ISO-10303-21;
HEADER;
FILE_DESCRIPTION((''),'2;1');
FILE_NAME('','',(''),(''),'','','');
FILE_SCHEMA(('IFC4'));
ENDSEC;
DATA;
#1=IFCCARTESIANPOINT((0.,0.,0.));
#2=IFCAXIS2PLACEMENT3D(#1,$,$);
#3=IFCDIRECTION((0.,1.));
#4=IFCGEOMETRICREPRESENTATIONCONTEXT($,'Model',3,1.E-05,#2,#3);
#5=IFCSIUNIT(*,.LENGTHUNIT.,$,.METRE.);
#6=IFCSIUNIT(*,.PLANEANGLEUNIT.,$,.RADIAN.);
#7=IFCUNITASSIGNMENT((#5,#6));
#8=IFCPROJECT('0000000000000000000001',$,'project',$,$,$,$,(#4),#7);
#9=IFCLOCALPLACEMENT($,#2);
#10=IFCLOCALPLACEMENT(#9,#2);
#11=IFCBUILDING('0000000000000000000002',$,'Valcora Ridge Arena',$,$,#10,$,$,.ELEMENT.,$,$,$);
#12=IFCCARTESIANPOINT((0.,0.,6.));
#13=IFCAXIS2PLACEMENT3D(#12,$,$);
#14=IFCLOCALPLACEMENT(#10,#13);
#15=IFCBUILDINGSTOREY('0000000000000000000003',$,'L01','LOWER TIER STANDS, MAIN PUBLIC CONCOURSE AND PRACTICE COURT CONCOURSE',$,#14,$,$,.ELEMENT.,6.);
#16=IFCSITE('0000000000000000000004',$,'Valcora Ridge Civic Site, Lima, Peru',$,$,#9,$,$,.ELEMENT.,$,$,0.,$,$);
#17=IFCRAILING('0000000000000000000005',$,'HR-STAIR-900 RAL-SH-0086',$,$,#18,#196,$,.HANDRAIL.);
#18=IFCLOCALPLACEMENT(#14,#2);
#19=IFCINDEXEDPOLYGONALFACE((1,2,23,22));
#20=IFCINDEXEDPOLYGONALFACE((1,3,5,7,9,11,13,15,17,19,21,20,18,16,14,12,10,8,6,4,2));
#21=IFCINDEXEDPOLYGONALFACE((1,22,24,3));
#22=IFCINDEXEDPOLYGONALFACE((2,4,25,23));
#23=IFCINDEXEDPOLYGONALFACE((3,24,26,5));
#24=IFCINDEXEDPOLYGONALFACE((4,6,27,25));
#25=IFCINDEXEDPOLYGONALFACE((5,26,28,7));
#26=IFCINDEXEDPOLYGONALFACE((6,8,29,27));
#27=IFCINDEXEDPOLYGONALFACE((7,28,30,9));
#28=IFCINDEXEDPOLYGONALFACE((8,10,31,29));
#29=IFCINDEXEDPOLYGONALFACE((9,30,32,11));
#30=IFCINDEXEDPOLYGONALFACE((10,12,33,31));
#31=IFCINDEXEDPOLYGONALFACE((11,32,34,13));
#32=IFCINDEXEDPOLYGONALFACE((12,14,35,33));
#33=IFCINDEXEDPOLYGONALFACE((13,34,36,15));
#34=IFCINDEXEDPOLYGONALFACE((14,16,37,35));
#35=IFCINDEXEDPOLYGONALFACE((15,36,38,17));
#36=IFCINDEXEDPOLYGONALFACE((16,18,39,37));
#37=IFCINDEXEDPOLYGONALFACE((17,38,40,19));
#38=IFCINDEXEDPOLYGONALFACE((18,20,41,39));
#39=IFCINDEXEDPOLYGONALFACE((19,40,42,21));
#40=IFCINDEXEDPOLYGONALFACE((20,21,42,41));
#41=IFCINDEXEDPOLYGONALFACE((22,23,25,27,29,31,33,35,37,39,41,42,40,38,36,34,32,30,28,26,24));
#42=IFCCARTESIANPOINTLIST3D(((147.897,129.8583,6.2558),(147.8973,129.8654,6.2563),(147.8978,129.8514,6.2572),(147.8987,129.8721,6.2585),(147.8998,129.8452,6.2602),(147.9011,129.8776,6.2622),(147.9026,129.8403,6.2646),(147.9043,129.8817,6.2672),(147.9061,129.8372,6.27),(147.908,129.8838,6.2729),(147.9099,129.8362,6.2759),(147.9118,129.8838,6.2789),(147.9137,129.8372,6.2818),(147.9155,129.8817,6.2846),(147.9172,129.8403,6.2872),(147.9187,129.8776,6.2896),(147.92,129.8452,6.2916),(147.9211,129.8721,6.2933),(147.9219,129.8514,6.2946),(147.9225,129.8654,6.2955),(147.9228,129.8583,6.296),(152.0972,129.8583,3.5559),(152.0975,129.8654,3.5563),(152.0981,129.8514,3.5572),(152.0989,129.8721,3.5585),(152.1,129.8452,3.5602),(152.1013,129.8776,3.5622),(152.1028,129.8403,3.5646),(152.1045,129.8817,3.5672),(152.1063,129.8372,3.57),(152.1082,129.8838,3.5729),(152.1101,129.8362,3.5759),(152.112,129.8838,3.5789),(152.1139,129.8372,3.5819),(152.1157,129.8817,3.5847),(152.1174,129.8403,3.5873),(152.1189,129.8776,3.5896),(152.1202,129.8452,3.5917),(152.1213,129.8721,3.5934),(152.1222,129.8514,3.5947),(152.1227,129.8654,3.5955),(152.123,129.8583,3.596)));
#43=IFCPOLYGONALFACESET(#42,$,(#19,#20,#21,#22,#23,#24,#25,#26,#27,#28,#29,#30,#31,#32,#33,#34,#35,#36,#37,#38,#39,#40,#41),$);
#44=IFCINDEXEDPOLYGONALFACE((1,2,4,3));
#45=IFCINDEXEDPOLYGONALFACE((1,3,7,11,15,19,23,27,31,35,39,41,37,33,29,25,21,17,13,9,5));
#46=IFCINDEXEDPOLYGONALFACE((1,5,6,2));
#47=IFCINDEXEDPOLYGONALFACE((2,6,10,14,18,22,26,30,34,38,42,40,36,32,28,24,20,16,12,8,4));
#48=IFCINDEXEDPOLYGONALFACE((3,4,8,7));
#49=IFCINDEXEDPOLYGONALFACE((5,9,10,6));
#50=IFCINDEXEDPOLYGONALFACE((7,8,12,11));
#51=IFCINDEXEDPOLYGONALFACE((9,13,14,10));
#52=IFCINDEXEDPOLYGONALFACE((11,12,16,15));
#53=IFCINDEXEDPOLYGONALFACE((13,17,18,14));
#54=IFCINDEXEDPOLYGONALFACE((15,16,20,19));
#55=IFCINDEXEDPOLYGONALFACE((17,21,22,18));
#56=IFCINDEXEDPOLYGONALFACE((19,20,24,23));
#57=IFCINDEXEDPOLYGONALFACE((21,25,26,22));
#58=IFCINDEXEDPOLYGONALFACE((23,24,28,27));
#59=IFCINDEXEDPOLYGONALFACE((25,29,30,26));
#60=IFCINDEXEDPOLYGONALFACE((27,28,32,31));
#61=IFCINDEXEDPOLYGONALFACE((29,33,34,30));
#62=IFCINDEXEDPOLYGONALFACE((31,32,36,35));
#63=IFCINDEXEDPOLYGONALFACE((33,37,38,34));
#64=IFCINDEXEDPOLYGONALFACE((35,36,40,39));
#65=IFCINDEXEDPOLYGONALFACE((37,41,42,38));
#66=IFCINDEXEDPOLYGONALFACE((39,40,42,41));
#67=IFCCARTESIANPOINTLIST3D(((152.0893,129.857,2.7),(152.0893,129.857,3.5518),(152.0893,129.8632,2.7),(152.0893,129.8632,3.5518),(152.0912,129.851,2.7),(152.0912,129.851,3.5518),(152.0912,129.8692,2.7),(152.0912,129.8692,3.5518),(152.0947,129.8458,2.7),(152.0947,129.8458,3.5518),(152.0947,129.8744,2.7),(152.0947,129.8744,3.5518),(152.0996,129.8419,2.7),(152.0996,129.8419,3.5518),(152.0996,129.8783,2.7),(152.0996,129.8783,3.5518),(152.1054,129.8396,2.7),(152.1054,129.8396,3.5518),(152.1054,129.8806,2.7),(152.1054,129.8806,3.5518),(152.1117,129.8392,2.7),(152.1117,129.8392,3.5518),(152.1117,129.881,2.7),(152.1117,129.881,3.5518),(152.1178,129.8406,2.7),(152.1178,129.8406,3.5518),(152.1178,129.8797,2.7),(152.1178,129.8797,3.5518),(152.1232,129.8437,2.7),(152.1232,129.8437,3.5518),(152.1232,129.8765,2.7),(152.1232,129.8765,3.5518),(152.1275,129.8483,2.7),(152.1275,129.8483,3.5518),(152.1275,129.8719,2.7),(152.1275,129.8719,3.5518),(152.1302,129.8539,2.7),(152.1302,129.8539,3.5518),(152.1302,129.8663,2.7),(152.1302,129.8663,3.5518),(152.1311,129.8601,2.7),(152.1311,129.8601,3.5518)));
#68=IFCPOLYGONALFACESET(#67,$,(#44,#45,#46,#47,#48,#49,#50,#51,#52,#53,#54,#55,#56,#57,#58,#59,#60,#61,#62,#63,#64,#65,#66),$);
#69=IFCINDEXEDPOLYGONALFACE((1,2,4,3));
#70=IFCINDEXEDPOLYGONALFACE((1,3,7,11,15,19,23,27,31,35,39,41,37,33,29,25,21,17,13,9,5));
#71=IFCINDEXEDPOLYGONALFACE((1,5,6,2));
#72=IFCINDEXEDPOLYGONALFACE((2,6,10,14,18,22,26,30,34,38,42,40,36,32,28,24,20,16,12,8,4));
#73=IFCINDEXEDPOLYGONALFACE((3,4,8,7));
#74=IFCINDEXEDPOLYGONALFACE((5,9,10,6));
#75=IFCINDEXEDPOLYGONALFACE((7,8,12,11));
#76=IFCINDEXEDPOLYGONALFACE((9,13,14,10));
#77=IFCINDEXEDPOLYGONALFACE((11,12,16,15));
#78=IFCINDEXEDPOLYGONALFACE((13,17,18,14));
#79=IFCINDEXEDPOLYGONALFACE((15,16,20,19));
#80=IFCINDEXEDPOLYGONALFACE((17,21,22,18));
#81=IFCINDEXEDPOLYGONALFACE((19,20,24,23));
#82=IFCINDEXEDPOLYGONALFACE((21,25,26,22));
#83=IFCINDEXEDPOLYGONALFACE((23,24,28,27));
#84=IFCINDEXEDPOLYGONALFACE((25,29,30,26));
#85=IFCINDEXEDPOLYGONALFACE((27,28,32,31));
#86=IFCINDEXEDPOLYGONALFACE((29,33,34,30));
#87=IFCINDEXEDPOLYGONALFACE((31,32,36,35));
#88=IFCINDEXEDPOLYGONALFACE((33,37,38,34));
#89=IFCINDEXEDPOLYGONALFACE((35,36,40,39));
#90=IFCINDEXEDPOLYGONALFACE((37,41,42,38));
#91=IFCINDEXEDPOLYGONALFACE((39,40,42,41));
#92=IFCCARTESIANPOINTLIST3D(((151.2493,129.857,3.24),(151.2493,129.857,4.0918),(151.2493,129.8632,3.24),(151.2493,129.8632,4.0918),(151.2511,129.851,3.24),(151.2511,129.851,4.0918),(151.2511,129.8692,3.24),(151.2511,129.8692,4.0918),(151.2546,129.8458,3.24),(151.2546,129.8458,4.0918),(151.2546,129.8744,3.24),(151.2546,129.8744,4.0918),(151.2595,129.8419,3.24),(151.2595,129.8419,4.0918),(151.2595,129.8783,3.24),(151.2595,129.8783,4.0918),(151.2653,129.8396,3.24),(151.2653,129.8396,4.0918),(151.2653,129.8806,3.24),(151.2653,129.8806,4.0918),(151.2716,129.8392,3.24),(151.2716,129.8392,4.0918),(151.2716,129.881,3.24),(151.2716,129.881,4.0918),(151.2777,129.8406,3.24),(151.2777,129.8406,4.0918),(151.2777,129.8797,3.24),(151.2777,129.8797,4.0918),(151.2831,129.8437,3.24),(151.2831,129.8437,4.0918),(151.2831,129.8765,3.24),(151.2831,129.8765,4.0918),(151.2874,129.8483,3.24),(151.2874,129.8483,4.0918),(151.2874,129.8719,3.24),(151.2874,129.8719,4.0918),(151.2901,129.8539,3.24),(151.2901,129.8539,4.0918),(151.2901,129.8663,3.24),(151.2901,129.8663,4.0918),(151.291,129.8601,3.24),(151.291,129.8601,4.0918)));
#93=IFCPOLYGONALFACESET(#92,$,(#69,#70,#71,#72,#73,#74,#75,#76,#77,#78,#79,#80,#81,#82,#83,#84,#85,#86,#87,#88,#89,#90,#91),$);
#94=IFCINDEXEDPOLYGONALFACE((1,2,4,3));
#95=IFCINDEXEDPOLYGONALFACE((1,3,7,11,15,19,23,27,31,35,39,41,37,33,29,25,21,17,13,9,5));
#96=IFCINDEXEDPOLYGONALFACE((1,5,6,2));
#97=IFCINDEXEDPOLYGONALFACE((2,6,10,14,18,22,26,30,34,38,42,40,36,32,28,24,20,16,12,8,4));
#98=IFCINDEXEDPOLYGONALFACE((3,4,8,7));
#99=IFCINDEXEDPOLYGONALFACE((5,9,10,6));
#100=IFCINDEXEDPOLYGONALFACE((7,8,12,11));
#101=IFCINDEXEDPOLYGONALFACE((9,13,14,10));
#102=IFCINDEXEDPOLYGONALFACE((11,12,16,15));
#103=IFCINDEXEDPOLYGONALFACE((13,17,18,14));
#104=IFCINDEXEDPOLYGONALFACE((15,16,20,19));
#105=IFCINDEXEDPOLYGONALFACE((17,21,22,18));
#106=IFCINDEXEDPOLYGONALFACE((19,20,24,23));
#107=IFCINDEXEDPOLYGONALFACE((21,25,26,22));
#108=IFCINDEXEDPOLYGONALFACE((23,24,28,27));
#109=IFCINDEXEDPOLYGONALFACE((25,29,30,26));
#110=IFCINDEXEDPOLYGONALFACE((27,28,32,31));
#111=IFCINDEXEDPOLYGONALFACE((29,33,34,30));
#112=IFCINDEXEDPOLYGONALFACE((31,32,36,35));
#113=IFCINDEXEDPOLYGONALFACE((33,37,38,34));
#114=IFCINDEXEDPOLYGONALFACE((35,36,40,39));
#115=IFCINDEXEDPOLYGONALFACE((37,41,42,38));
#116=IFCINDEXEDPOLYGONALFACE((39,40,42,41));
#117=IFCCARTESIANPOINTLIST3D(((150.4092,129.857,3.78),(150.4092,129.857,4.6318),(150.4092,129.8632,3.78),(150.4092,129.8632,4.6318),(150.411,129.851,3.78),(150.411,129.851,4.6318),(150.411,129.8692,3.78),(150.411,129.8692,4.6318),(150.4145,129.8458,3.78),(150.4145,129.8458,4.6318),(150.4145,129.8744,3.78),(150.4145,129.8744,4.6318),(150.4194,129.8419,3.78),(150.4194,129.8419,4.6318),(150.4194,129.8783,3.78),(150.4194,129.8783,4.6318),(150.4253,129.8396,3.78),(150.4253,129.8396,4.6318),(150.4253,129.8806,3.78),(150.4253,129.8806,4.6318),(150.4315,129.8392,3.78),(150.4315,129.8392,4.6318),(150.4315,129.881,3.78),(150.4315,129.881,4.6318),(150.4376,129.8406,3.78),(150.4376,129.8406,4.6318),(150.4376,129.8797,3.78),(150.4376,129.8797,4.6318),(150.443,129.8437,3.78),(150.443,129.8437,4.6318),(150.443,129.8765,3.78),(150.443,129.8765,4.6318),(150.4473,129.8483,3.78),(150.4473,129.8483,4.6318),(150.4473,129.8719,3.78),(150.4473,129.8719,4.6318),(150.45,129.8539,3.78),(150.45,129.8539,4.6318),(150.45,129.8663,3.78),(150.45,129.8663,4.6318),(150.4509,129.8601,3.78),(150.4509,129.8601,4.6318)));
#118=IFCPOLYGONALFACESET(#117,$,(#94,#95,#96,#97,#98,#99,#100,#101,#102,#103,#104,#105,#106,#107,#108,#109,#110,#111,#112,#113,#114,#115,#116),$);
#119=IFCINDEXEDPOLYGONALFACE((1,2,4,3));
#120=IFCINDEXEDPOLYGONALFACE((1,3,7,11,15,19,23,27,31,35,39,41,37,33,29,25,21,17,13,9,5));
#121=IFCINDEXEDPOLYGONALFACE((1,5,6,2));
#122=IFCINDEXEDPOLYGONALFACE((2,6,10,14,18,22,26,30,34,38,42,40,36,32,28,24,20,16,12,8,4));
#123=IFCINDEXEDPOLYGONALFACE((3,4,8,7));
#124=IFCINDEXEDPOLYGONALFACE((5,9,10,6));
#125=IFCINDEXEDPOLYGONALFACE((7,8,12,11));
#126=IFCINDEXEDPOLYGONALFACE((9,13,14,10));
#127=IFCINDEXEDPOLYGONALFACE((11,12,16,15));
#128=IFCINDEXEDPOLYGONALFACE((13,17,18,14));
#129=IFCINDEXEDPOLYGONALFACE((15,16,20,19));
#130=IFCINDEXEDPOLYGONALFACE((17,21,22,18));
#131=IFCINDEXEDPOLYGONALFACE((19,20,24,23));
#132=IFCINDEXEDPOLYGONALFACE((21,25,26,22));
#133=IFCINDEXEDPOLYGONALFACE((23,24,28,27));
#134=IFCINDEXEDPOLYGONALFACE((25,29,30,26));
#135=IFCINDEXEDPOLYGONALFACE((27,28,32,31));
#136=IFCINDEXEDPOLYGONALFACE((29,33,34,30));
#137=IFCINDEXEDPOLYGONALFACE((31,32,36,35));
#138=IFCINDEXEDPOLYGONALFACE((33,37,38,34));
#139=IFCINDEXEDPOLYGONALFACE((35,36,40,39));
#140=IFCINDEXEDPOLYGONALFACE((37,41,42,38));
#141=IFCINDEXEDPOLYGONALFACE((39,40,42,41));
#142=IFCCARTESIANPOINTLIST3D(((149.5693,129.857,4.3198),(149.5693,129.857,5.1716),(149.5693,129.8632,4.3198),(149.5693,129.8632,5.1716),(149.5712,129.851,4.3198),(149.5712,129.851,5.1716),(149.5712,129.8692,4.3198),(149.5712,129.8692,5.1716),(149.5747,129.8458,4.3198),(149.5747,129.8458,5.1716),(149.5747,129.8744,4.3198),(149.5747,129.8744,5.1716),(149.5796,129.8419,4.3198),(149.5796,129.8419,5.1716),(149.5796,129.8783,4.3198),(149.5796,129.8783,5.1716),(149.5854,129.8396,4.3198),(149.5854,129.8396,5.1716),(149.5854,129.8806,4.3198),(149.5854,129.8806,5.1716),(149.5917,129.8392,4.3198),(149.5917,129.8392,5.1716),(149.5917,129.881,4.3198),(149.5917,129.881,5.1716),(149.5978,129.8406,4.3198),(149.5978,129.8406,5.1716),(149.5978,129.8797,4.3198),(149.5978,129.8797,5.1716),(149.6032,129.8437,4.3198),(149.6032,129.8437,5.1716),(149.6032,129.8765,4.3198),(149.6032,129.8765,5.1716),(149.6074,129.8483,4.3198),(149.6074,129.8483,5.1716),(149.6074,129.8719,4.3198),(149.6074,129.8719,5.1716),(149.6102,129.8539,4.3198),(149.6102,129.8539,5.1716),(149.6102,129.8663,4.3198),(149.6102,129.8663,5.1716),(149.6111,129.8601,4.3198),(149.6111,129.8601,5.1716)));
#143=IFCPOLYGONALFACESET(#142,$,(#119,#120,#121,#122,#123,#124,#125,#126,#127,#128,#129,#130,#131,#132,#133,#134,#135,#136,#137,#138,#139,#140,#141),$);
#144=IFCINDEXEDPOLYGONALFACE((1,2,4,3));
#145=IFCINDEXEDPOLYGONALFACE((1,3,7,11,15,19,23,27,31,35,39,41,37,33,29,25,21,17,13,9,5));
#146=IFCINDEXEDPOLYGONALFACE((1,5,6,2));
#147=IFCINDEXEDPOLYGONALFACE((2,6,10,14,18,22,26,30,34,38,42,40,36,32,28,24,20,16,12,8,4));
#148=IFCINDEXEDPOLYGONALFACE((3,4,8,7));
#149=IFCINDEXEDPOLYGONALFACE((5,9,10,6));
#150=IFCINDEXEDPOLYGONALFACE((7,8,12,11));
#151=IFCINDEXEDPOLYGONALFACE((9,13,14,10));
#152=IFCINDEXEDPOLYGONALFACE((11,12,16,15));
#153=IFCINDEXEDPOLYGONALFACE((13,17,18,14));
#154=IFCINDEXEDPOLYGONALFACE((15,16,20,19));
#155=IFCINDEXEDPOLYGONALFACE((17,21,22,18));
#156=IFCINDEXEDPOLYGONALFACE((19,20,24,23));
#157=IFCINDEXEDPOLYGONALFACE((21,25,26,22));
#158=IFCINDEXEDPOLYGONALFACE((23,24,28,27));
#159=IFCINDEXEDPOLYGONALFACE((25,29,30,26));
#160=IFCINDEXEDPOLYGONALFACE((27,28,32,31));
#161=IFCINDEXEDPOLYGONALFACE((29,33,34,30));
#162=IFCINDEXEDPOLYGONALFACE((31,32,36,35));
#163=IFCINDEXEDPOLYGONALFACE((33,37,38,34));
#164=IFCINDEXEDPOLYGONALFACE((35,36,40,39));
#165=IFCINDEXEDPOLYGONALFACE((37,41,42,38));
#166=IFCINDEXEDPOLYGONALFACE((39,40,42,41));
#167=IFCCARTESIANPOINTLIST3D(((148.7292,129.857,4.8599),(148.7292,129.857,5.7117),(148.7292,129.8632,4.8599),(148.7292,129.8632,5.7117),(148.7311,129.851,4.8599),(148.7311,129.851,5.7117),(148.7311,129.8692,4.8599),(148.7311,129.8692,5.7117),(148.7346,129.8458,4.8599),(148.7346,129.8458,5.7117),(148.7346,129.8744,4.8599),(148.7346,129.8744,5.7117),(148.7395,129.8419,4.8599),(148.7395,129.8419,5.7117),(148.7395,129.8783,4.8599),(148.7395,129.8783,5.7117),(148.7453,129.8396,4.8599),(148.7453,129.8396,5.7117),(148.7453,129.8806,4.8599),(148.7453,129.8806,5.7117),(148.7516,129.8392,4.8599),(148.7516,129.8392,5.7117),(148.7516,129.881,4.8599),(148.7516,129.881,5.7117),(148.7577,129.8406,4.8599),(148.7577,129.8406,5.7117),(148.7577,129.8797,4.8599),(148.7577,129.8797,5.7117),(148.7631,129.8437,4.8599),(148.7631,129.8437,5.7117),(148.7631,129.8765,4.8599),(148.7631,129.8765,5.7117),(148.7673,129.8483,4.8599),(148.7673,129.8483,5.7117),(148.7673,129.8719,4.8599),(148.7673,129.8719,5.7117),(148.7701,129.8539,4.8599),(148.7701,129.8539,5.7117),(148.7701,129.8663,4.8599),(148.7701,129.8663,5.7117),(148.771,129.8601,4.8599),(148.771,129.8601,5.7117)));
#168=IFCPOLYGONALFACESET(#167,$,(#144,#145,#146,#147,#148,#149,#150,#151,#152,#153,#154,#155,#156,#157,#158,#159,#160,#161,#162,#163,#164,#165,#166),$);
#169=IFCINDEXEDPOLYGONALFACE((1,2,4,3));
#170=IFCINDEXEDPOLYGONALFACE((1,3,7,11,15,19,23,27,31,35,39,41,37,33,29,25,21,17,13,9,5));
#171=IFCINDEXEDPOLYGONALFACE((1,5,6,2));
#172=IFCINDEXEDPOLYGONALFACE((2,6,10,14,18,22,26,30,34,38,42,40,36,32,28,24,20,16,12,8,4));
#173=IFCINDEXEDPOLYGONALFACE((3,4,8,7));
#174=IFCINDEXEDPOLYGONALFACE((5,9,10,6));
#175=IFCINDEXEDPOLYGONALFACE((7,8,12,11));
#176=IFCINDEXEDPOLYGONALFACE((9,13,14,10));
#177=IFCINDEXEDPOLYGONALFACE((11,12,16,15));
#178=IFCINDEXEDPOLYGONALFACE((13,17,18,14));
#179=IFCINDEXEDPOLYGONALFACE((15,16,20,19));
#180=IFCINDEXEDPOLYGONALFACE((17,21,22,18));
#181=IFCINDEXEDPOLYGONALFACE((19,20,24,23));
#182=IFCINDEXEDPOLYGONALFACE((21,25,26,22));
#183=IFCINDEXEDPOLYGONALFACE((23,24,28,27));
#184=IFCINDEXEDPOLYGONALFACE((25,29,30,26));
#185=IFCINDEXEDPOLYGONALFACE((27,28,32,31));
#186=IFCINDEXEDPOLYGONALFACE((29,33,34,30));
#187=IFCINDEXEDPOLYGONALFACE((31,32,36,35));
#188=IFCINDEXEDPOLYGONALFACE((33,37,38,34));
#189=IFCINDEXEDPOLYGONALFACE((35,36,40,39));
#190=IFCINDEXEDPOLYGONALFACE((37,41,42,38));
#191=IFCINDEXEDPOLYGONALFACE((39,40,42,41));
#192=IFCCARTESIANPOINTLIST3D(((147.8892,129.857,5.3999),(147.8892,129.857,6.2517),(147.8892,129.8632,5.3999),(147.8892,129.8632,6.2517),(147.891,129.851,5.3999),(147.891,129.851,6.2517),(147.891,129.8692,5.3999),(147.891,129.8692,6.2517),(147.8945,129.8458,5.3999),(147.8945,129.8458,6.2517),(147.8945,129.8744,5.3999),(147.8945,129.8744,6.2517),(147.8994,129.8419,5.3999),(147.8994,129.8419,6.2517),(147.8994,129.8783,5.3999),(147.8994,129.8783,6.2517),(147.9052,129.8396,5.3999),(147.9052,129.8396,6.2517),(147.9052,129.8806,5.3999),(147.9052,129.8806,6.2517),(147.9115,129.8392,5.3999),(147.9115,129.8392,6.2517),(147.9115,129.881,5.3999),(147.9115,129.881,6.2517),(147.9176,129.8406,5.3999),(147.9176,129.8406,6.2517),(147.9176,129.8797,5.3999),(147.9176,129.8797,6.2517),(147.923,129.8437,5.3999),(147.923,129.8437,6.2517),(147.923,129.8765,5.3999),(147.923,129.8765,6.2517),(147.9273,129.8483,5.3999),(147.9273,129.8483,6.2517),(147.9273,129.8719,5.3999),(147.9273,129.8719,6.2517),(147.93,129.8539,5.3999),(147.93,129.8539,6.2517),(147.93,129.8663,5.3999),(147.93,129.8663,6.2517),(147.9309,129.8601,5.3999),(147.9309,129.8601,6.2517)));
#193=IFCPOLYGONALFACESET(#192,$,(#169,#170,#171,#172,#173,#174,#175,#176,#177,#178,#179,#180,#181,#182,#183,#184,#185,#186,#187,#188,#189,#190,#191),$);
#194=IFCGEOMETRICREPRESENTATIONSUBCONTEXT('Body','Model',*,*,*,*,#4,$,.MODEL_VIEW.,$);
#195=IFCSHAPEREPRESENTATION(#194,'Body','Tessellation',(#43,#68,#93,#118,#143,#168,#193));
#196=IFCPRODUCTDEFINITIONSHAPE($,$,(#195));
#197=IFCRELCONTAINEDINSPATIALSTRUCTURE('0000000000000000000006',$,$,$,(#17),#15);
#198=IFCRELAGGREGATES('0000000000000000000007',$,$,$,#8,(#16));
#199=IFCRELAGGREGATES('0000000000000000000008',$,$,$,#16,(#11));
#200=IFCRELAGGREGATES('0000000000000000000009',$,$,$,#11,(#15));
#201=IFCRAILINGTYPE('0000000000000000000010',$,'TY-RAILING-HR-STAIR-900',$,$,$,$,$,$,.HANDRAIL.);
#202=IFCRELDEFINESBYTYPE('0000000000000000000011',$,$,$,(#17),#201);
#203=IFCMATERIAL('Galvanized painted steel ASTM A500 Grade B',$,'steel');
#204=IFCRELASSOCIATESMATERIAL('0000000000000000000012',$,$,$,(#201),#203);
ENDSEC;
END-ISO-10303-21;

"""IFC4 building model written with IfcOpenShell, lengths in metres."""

from ifc_helpers import new_model, si_unit, direction, frame, origin, origin_2d, place, context, subcontext, project, spatial, circle, extrude, material, type_object, element, save


model = new_model("IFC4")

# Units and contexts
model_context = context("Model", 3, precision=1e-05, world=origin(), true_north=direction((0.0, 1.0)))
body_context = subcontext(model_context, "Body", "Model", "MODEL_VIEW")
ifc_project = project(units=[si_unit("LENGTHUNIT", "METRE"), si_unit("PLANEANGLEUNIT", "RADIAN")], contexts=[model_context])

# Site, building, storey
site_placement = place(None, origin())
site = spatial("IfcSite", under=ifc_project, at=site_placement, Name="Valcora Ridge Civic Site, Lima, Peru", CompositionType="ELEMENT", RefElevation=0.0)
building_placement = place(site_placement, origin())
building = spatial("IfcBuilding", under=site, at=building_placement, Name="Valcora Ridge Arena", CompositionType="ELEMENT")
storey_placement = place(building_placement, frame((0.0, 0.0, 6.0)))
storey = spatial("IfcBuildingStorey", under=building, at=storey_placement, Name="L01", Description="LOWER TIER STANDS, MAIN PUBLIC CONCOURSE AND PRACTICE COURT CONCOURSE", CompositionType="ELEMENT", Elevation=6.0)

# Railing
ifc_material_1 = material(Name="Galvanized painted steel ASTM A500 Grade B", Category="steel")
railing_type_1 = type_object("IfcRailingType", Name="TY-RAILING-HR-STAIR-900", PredefinedType="HANDRAIL", material=ifc_material_1)
railing_1_placement = place(storey_placement, frame((152.1101, 129.8601, 2.7)))
element("IfcRailing", 1, at=railing_1_placement, inside=storey, type_object=railing_type_1, Name="HR-STAIR-900 RAL-SH-0086", PredefinedType="HANDRAIL", context=body_context, shape_type="SweptSolid", body=[
    extrude(circle(Radius=0.0239, at=origin_2d()), frame((0.0, 0.0, 0.876), z_axis=(-0.841194, 0.0, 0.540733), x_axis=(0.0, -1.0, 0.0)), (0.0, 0.0, 1.0), 4.9932),
    extrude(circle(Radius=0.021, at=origin_2d()), origin(), (0.0, 0.0, 1.0), 0.8518),
    extrude(circle(Radius=0.021, at=origin_2d()), frame((-0.8401, 0.0, 0.54)), (0.0, 0.0, 1.0), 0.8518),
    extrude(circle(Radius=0.021, at=origin_2d()), frame((-1.6802, 0.0, 1.0801)), (0.0, 0.0, 1.0), 0.8518),
    extrude(circle(Radius=0.021, at=origin_2d()), frame((-2.52, 0.0, 1.6199)), (0.0, 0.0, 1.0), 0.8518),
    extrude(circle(Radius=0.021, at=origin_2d()), frame((-3.3601, 0.0, 2.1599)), (0.0, 0.0, 1.0), 0.8518),
    extrude(circle(Radius=0.021, at=origin_2d()), frame((-4.2002, 0.0, 2.7)), (0.0, 0.0, 1.0), 0.8518),
])

save(model, "model.ifc")
